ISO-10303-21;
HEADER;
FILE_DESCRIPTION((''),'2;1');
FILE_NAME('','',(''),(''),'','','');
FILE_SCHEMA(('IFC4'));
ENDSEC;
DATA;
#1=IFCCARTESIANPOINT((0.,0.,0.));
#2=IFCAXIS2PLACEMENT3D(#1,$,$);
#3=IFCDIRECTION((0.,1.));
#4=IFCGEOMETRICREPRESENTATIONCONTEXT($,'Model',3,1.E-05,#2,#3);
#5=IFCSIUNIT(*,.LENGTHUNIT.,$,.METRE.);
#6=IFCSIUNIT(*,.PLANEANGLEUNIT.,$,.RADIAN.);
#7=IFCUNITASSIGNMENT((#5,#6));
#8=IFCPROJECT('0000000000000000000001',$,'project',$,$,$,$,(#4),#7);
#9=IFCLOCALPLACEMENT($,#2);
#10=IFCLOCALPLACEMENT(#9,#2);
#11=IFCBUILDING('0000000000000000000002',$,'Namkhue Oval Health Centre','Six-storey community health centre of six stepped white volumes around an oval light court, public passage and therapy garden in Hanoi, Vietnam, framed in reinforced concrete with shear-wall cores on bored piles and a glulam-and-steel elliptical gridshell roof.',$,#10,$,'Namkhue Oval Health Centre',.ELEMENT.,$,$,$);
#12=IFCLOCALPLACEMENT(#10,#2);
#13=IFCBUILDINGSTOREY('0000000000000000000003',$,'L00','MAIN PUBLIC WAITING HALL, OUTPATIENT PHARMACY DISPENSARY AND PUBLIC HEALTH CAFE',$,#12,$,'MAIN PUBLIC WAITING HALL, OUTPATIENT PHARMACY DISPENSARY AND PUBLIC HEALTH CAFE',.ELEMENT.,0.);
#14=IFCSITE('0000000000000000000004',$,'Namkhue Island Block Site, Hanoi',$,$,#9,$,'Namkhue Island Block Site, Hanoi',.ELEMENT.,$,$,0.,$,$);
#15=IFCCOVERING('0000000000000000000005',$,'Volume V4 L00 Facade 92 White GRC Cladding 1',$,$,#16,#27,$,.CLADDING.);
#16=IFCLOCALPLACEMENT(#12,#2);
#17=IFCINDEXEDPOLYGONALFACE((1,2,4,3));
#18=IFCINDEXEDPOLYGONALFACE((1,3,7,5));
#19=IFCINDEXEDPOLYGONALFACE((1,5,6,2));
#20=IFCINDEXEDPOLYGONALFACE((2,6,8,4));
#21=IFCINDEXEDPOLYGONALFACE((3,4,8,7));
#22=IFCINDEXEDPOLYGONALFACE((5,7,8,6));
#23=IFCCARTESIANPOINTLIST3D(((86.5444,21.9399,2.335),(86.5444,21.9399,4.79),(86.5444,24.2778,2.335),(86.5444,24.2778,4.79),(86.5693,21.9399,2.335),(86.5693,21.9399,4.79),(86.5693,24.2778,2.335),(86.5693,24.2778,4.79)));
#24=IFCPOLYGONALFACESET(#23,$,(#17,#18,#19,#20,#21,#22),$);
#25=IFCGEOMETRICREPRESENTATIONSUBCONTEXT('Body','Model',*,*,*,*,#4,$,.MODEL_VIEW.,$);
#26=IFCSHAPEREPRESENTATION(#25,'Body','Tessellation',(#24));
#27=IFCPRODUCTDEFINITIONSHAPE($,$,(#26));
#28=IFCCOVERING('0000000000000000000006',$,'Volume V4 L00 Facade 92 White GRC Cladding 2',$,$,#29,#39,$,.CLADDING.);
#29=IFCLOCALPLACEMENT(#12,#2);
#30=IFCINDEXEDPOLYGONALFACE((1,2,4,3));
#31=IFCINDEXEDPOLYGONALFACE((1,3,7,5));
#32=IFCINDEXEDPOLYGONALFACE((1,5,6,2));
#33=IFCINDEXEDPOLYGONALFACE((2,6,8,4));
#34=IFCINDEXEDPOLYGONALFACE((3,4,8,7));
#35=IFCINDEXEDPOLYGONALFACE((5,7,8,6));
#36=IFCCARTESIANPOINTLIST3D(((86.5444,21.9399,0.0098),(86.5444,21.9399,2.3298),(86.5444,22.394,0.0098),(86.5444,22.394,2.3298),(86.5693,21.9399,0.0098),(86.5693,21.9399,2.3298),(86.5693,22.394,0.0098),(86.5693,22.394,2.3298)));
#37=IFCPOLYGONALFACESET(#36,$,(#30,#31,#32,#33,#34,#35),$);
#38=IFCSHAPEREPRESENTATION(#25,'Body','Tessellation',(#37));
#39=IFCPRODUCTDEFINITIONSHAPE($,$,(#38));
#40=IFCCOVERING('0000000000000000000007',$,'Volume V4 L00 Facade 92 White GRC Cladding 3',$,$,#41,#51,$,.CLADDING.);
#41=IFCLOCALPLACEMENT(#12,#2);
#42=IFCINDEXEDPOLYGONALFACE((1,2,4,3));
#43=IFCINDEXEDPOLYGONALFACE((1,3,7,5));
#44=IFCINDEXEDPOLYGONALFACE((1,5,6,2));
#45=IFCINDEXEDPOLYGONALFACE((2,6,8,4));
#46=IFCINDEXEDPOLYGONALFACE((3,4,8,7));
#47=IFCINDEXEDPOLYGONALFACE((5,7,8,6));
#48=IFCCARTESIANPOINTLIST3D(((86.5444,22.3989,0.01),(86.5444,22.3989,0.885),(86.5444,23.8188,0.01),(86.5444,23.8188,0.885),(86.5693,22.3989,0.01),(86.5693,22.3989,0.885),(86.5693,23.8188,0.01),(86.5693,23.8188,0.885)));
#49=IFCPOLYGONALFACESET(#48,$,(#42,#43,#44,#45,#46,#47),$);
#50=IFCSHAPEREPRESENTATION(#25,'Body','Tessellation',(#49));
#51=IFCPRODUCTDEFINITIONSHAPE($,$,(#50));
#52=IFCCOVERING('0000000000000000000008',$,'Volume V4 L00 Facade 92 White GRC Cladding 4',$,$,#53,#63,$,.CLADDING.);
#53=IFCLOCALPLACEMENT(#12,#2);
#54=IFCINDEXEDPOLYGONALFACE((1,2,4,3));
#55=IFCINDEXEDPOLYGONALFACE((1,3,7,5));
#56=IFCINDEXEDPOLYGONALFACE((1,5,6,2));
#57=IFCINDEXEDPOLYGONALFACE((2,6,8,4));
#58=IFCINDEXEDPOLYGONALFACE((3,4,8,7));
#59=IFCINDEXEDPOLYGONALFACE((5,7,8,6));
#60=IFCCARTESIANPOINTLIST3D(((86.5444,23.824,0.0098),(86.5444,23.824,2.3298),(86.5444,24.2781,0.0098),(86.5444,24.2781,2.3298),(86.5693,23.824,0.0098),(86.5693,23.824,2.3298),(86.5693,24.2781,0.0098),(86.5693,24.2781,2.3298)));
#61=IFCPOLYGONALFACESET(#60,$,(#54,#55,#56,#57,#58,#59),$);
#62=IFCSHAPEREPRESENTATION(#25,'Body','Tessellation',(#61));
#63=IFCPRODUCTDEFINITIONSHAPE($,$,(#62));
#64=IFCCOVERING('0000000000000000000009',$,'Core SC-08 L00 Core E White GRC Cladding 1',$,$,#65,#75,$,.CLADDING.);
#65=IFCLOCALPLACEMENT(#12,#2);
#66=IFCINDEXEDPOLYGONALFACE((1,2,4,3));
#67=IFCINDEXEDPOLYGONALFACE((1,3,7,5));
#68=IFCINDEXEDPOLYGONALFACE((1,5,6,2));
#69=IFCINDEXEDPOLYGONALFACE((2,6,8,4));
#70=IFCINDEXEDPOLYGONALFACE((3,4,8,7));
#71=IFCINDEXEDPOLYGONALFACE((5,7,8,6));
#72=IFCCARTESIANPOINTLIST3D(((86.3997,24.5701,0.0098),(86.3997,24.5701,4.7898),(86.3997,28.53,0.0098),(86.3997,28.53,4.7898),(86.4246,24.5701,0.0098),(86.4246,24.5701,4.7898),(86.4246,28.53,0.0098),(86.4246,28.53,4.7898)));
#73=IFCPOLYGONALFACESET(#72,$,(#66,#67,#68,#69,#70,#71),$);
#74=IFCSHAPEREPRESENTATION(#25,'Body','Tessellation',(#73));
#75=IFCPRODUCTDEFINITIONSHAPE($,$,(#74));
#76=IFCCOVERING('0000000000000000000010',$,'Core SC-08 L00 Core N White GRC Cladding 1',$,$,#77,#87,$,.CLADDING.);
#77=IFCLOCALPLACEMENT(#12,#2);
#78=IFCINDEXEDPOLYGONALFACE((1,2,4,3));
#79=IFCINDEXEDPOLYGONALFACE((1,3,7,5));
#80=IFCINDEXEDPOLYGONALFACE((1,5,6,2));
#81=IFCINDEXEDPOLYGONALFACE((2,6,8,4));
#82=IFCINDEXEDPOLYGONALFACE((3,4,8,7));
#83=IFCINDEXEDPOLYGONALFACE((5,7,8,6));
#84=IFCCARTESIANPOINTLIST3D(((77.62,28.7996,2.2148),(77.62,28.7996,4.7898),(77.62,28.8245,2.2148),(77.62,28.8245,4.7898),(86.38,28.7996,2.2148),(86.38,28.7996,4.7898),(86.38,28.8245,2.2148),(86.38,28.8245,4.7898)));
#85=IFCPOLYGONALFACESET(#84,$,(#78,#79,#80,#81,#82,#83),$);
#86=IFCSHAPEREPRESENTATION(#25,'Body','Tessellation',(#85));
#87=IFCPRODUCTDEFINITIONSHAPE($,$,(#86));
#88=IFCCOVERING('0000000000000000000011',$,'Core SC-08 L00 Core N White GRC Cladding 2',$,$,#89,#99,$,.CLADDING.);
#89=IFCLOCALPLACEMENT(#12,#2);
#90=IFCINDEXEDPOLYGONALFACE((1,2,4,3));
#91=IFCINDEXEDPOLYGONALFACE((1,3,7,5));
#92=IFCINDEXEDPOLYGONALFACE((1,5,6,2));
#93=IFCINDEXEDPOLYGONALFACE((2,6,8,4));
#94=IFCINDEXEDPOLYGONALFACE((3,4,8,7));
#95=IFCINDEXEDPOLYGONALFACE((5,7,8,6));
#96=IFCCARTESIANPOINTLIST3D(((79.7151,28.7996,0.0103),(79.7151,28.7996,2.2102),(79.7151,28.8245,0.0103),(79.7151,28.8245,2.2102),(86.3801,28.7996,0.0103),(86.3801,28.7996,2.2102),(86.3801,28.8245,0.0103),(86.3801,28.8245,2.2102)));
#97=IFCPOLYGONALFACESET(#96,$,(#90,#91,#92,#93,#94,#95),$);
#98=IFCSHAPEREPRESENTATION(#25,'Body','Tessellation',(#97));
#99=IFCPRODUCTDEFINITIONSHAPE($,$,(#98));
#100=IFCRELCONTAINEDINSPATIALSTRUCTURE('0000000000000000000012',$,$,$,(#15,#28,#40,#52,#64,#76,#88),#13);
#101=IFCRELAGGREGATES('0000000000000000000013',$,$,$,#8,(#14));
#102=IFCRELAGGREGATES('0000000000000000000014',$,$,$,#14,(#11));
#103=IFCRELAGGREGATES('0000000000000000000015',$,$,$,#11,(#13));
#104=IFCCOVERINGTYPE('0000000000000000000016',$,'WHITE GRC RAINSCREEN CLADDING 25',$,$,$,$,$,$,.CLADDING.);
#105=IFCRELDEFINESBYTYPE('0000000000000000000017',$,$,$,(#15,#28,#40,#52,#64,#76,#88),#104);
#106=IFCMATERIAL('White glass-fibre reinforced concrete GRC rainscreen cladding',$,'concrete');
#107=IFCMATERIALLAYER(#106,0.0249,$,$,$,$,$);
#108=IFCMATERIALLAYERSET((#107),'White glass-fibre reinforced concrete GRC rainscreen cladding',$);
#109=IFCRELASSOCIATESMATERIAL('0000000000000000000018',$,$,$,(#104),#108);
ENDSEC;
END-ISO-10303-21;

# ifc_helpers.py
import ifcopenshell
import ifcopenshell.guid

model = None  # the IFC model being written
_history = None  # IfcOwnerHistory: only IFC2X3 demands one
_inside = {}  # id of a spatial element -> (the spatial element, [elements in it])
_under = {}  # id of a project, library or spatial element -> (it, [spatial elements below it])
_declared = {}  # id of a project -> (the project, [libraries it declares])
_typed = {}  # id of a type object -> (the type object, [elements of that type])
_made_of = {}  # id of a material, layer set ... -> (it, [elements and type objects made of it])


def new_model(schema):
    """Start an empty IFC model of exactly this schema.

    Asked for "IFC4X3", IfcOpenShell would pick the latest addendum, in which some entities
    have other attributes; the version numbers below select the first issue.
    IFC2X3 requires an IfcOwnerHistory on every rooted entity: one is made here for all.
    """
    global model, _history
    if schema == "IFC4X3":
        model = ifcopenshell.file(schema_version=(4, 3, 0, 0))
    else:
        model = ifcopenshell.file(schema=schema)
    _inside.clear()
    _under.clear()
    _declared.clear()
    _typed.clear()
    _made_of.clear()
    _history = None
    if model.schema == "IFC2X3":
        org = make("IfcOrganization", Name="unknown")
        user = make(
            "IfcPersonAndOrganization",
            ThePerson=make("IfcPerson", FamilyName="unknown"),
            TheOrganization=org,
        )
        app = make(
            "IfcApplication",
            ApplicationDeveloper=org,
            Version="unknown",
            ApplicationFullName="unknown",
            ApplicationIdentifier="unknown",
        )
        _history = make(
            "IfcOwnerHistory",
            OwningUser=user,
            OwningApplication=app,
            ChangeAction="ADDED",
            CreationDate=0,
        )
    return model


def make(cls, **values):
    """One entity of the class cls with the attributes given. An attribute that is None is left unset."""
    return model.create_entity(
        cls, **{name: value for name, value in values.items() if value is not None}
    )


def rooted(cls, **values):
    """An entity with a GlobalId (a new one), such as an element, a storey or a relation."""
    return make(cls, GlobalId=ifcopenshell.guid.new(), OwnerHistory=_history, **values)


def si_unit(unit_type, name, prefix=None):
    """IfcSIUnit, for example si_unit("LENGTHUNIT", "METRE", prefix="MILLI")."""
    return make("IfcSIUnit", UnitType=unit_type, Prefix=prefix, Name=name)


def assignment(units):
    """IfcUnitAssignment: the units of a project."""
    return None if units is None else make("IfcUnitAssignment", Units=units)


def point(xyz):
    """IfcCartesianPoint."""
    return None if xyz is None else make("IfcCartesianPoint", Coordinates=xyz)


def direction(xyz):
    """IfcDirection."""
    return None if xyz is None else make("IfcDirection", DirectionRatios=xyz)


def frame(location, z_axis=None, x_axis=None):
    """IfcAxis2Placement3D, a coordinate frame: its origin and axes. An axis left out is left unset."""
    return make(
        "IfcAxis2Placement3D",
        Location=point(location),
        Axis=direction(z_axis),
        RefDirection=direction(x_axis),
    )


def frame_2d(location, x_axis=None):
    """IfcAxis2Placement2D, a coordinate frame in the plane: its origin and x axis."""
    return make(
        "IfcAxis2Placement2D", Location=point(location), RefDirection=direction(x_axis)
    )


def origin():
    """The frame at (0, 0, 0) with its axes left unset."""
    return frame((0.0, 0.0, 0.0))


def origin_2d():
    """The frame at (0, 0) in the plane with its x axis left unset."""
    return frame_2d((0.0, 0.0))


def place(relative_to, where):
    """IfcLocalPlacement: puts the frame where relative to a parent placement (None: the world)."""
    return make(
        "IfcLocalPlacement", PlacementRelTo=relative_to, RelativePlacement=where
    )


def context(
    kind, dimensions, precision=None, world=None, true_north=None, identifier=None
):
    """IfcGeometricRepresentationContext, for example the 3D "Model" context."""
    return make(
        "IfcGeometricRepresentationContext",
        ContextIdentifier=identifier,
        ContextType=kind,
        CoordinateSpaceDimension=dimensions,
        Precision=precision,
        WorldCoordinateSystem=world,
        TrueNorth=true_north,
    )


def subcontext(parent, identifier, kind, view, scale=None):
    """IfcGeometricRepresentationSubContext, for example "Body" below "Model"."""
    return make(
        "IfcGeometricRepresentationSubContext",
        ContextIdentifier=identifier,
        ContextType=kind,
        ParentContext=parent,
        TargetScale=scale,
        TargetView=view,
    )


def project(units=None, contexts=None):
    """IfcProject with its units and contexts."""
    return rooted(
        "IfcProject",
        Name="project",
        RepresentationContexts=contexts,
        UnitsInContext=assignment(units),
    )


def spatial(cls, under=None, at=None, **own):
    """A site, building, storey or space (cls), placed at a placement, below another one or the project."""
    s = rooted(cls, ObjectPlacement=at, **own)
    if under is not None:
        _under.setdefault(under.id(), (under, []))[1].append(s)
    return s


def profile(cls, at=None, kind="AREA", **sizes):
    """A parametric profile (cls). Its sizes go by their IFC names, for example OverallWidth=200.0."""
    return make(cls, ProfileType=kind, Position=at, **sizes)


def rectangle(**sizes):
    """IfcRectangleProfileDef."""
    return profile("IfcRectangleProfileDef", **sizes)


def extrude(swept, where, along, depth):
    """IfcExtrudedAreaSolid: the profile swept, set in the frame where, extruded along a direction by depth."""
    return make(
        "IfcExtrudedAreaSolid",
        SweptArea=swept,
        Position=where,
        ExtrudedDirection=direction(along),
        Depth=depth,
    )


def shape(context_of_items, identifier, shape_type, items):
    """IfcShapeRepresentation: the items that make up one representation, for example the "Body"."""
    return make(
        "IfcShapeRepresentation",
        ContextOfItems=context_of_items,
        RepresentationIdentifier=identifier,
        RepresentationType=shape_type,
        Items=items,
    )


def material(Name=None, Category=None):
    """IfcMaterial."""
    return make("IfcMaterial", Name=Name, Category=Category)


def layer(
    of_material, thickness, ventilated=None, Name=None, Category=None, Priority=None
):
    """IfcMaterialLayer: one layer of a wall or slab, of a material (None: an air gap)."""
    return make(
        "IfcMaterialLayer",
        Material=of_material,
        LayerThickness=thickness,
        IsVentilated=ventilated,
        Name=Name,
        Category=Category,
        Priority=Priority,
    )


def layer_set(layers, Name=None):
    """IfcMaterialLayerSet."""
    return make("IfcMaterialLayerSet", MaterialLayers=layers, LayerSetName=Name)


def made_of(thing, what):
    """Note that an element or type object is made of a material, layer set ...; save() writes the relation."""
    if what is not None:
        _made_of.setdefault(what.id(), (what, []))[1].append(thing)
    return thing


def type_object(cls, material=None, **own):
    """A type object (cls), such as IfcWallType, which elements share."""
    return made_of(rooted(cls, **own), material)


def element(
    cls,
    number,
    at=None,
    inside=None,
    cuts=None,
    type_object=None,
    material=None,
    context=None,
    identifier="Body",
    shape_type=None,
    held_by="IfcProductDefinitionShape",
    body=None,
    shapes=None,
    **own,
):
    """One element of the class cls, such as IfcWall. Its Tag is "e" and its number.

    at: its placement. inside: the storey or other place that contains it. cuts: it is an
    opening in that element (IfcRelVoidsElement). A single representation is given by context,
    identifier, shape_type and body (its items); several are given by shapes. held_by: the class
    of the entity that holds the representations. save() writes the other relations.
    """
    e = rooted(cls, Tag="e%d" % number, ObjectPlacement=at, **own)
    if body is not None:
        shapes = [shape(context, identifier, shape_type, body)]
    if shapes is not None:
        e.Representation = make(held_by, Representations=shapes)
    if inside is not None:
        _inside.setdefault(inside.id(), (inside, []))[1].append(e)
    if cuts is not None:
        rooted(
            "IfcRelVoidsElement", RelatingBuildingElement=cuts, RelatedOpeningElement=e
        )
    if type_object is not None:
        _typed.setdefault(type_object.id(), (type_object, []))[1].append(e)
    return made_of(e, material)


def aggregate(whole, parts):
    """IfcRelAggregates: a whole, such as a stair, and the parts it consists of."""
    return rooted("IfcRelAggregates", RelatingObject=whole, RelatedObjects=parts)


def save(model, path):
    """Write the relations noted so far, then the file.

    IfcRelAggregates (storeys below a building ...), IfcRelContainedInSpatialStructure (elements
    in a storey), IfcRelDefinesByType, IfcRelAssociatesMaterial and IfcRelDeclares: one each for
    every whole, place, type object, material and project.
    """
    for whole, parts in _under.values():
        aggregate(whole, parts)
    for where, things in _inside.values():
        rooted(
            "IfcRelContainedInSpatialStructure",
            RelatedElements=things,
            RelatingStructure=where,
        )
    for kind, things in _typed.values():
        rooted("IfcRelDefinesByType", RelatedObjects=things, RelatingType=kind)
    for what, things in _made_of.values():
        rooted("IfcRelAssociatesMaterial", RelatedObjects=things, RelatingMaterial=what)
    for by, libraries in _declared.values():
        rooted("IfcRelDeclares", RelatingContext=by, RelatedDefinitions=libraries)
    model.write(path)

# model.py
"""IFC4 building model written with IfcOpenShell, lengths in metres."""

from ifc_helpers import new_model, si_unit, direction, frame, origin, origin_2d, place, context, subcontext, project, spatial, rectangle, extrude, material, layer, layer_set, type_object, element, save


model = new_model("IFC4")

# Units and contexts
model_context = context("Model", 3, precision=1e-05, world=origin(), true_north=direction((0.0, 1.0)))
body_context = subcontext(model_context, "Body", "Model", "MODEL_VIEW")
ifc_project = project(units=[si_unit("LENGTHUNIT", "METRE"), si_unit("PLANEANGLEUNIT", "RADIAN")], contexts=[model_context])

# Site, building, storey
site_placement = place(None, origin())
site = spatial("IfcSite", under=ifc_project, at=site_placement, Name="Namkhue Island Block Site, Hanoi", LongName="Namkhue Island Block Site, Hanoi", CompositionType="ELEMENT", RefElevation=0.0)
building_placement = place(site_placement, origin())
building = spatial("IfcBuilding", under=site, at=building_placement, Name="Namkhue Oval Health Centre", Description="Six-storey community health centre of six stepped white volumes around an oval light court, public passage and therapy garden in Hanoi, Vietnam, framed in reinforced concrete with shear-wall cores on bored piles and a glulam-and-steel elliptical gridshell roof.", LongName="Namkhue Oval Health Centre", CompositionType="ELEMENT")
storey_placement = place(building_placement, origin())
storey = spatial("IfcBuildingStorey", under=building, at=storey_placement, Name="L00", Description="MAIN PUBLIC WAITING HALL, OUTPATIENT PHARMACY DISPENSARY AND PUBLIC HEALTH CAFE", LongName="MAIN PUBLIC WAITING HALL, OUTPATIENT PHARMACY DISPENSARY AND PUBLIC HEALTH CAFE", CompositionType="ELEMENT", Elevation=0.0)

# Coverings
ifc_material_1 = material(Name="White glass-fibre reinforced concrete GRC rainscreen cladding", Category="concrete")
ifc_layer_1 = layer(ifc_material_1, 0.0249)
ifc_layer_set_1 = layer_set([ifc_layer_1], Name="White glass-fibre reinforced concrete GRC rainscreen cladding")
covering_type = type_object("IfcCoveringType", Name="WHITE GRC RAINSCREEN CLADDING 25", PredefinedType="CLADDING", material=ifc_layer_set_1)
covering_1_placement = place(storey_placement, frame((86.5569, 23.1089, 2.335), z_axis=(0.0, 0.0, 1.0), x_axis=(0.0, 1.0, 0.0)))
element("IfcCovering", 1, at=covering_1_placement, inside=storey, type_object=covering_type, Name="Volume V4 L00 Facade 92 White GRC Cladding 1", PredefinedType="CLADDING", context=body_context, shape_type="SweptSolid", body=[
    extrude(rectangle(XDim=2.3379, YDim=0.0249, at=origin_2d()), origin(), (0.0, 0.0, 1.0), 2.4551),
])
covering_2_placement = place(storey_placement, frame((86.5569, 22.167, 0.0098), z_axis=(0.0, 0.0, 1.0), x_axis=(0.0, 1.0, 0.0)))
element("IfcCovering", 2, at=covering_2_placement, inside=storey, type_object=covering_type, Name="Volume V4 L00 Facade 92 White GRC Cladding 2", PredefinedType="CLADDING", context=body_context, shape_type="SweptSolid", body=[
    extrude(rectangle(XDim=0.4541, YDim=0.0249, at=origin_2d()), origin(), (0.0, 0.0, 1.0), 2.3201),
])
covering_3_placement = place(storey_placement, frame((86.5569, 23.1089, 0.01), z_axis=(0.0, 0.0, 1.0), x_axis=(0.0, 1.0, 0.0)))
element("IfcCovering", 3, at=covering_3_placement, inside=storey, type_object=covering_type, Name="Volume V4 L00 Facade 92 White GRC Cladding 3", PredefinedType="CLADDING", context=body_context, shape_type="SweptSolid", body=[
    extrude(rectangle(XDim=1.4199, YDim=0.0249, at=origin_2d()), origin(), (0.0, 0.0, 1.0), 0.875),
])
covering_4_placement = place(storey_placement, frame((86.5569, 24.051, 0.0098), z_axis=(0.0, 0.0, 1.0), x_axis=(0.0, 1.0, 0.0)))
element("IfcCovering", 4, at=covering_4_placement, inside=storey, type_object=covering_type, Name="Volume V4 L00 Facade 92 White GRC Cladding 4", PredefinedType="CLADDING", context=body_context, shape_type="SweptSolid", body=[
    extrude(rectangle(XDim=0.4541, YDim=0.0249, at=origin_2d()), origin(), (0.0, 0.0, 1.0), 2.3201),
])
covering_5_placement = place(storey_placement, frame((86.4121, 26.55, 0.0098), z_axis=(0.0, 0.0, 1.0), x_axis=(0.0, 1.0, 0.0)))
element("IfcCovering", 5, at=covering_5_placement, inside=storey, type_object=covering_type, Name="Core SC-08 L00 Core E White GRC Cladding 1", PredefinedType="CLADDING", context=body_context, shape_type="SweptSolid", body=[
    extrude(rectangle(XDim=3.96, YDim=0.0249, at=origin_2d()), origin(), (0.0, 0.0, 1.0), 4.78),
])
covering_6_placement = place(storey_placement, frame((82.0, 28.812, 2.2148), z_axis=(0.0, 0.0, 1.0), x_axis=(-1.0, 0.0, 0.0)))
element("IfcCovering", 6, at=covering_6_placement, inside=storey, type_object=covering_type, Name="Core SC-08 L00 Core N White GRC Cladding 1", PredefinedType="CLADDING", context=body_context, shape_type="SweptSolid", body=[
    extrude(rectangle(XDim=8.76, YDim=0.0249, at=origin_2d()), origin(), (0.0, 0.0, 1.0), 2.575),
])
covering_7_placement = place(storey_placement, frame((83.0476, 28.812, 0.0103), z_axis=(0.0, 0.0, 1.0), x_axis=(-1.0, 0.0, 0.0)))
element("IfcCovering", 7, at=covering_7_placement, inside=storey, type_object=covering_type, Name="Core SC-08 L00 Core N White GRC Cladding 2", PredefinedType="CLADDING", context=body_context, shape_type="SweptSolid", body=[
    extrude(rectangle(XDim=6.665, YDim=0.0249, at=origin_2d()), origin(), (0.0, 0.0, 1.0), 2.2),
])

save(model, "model.ifc")
